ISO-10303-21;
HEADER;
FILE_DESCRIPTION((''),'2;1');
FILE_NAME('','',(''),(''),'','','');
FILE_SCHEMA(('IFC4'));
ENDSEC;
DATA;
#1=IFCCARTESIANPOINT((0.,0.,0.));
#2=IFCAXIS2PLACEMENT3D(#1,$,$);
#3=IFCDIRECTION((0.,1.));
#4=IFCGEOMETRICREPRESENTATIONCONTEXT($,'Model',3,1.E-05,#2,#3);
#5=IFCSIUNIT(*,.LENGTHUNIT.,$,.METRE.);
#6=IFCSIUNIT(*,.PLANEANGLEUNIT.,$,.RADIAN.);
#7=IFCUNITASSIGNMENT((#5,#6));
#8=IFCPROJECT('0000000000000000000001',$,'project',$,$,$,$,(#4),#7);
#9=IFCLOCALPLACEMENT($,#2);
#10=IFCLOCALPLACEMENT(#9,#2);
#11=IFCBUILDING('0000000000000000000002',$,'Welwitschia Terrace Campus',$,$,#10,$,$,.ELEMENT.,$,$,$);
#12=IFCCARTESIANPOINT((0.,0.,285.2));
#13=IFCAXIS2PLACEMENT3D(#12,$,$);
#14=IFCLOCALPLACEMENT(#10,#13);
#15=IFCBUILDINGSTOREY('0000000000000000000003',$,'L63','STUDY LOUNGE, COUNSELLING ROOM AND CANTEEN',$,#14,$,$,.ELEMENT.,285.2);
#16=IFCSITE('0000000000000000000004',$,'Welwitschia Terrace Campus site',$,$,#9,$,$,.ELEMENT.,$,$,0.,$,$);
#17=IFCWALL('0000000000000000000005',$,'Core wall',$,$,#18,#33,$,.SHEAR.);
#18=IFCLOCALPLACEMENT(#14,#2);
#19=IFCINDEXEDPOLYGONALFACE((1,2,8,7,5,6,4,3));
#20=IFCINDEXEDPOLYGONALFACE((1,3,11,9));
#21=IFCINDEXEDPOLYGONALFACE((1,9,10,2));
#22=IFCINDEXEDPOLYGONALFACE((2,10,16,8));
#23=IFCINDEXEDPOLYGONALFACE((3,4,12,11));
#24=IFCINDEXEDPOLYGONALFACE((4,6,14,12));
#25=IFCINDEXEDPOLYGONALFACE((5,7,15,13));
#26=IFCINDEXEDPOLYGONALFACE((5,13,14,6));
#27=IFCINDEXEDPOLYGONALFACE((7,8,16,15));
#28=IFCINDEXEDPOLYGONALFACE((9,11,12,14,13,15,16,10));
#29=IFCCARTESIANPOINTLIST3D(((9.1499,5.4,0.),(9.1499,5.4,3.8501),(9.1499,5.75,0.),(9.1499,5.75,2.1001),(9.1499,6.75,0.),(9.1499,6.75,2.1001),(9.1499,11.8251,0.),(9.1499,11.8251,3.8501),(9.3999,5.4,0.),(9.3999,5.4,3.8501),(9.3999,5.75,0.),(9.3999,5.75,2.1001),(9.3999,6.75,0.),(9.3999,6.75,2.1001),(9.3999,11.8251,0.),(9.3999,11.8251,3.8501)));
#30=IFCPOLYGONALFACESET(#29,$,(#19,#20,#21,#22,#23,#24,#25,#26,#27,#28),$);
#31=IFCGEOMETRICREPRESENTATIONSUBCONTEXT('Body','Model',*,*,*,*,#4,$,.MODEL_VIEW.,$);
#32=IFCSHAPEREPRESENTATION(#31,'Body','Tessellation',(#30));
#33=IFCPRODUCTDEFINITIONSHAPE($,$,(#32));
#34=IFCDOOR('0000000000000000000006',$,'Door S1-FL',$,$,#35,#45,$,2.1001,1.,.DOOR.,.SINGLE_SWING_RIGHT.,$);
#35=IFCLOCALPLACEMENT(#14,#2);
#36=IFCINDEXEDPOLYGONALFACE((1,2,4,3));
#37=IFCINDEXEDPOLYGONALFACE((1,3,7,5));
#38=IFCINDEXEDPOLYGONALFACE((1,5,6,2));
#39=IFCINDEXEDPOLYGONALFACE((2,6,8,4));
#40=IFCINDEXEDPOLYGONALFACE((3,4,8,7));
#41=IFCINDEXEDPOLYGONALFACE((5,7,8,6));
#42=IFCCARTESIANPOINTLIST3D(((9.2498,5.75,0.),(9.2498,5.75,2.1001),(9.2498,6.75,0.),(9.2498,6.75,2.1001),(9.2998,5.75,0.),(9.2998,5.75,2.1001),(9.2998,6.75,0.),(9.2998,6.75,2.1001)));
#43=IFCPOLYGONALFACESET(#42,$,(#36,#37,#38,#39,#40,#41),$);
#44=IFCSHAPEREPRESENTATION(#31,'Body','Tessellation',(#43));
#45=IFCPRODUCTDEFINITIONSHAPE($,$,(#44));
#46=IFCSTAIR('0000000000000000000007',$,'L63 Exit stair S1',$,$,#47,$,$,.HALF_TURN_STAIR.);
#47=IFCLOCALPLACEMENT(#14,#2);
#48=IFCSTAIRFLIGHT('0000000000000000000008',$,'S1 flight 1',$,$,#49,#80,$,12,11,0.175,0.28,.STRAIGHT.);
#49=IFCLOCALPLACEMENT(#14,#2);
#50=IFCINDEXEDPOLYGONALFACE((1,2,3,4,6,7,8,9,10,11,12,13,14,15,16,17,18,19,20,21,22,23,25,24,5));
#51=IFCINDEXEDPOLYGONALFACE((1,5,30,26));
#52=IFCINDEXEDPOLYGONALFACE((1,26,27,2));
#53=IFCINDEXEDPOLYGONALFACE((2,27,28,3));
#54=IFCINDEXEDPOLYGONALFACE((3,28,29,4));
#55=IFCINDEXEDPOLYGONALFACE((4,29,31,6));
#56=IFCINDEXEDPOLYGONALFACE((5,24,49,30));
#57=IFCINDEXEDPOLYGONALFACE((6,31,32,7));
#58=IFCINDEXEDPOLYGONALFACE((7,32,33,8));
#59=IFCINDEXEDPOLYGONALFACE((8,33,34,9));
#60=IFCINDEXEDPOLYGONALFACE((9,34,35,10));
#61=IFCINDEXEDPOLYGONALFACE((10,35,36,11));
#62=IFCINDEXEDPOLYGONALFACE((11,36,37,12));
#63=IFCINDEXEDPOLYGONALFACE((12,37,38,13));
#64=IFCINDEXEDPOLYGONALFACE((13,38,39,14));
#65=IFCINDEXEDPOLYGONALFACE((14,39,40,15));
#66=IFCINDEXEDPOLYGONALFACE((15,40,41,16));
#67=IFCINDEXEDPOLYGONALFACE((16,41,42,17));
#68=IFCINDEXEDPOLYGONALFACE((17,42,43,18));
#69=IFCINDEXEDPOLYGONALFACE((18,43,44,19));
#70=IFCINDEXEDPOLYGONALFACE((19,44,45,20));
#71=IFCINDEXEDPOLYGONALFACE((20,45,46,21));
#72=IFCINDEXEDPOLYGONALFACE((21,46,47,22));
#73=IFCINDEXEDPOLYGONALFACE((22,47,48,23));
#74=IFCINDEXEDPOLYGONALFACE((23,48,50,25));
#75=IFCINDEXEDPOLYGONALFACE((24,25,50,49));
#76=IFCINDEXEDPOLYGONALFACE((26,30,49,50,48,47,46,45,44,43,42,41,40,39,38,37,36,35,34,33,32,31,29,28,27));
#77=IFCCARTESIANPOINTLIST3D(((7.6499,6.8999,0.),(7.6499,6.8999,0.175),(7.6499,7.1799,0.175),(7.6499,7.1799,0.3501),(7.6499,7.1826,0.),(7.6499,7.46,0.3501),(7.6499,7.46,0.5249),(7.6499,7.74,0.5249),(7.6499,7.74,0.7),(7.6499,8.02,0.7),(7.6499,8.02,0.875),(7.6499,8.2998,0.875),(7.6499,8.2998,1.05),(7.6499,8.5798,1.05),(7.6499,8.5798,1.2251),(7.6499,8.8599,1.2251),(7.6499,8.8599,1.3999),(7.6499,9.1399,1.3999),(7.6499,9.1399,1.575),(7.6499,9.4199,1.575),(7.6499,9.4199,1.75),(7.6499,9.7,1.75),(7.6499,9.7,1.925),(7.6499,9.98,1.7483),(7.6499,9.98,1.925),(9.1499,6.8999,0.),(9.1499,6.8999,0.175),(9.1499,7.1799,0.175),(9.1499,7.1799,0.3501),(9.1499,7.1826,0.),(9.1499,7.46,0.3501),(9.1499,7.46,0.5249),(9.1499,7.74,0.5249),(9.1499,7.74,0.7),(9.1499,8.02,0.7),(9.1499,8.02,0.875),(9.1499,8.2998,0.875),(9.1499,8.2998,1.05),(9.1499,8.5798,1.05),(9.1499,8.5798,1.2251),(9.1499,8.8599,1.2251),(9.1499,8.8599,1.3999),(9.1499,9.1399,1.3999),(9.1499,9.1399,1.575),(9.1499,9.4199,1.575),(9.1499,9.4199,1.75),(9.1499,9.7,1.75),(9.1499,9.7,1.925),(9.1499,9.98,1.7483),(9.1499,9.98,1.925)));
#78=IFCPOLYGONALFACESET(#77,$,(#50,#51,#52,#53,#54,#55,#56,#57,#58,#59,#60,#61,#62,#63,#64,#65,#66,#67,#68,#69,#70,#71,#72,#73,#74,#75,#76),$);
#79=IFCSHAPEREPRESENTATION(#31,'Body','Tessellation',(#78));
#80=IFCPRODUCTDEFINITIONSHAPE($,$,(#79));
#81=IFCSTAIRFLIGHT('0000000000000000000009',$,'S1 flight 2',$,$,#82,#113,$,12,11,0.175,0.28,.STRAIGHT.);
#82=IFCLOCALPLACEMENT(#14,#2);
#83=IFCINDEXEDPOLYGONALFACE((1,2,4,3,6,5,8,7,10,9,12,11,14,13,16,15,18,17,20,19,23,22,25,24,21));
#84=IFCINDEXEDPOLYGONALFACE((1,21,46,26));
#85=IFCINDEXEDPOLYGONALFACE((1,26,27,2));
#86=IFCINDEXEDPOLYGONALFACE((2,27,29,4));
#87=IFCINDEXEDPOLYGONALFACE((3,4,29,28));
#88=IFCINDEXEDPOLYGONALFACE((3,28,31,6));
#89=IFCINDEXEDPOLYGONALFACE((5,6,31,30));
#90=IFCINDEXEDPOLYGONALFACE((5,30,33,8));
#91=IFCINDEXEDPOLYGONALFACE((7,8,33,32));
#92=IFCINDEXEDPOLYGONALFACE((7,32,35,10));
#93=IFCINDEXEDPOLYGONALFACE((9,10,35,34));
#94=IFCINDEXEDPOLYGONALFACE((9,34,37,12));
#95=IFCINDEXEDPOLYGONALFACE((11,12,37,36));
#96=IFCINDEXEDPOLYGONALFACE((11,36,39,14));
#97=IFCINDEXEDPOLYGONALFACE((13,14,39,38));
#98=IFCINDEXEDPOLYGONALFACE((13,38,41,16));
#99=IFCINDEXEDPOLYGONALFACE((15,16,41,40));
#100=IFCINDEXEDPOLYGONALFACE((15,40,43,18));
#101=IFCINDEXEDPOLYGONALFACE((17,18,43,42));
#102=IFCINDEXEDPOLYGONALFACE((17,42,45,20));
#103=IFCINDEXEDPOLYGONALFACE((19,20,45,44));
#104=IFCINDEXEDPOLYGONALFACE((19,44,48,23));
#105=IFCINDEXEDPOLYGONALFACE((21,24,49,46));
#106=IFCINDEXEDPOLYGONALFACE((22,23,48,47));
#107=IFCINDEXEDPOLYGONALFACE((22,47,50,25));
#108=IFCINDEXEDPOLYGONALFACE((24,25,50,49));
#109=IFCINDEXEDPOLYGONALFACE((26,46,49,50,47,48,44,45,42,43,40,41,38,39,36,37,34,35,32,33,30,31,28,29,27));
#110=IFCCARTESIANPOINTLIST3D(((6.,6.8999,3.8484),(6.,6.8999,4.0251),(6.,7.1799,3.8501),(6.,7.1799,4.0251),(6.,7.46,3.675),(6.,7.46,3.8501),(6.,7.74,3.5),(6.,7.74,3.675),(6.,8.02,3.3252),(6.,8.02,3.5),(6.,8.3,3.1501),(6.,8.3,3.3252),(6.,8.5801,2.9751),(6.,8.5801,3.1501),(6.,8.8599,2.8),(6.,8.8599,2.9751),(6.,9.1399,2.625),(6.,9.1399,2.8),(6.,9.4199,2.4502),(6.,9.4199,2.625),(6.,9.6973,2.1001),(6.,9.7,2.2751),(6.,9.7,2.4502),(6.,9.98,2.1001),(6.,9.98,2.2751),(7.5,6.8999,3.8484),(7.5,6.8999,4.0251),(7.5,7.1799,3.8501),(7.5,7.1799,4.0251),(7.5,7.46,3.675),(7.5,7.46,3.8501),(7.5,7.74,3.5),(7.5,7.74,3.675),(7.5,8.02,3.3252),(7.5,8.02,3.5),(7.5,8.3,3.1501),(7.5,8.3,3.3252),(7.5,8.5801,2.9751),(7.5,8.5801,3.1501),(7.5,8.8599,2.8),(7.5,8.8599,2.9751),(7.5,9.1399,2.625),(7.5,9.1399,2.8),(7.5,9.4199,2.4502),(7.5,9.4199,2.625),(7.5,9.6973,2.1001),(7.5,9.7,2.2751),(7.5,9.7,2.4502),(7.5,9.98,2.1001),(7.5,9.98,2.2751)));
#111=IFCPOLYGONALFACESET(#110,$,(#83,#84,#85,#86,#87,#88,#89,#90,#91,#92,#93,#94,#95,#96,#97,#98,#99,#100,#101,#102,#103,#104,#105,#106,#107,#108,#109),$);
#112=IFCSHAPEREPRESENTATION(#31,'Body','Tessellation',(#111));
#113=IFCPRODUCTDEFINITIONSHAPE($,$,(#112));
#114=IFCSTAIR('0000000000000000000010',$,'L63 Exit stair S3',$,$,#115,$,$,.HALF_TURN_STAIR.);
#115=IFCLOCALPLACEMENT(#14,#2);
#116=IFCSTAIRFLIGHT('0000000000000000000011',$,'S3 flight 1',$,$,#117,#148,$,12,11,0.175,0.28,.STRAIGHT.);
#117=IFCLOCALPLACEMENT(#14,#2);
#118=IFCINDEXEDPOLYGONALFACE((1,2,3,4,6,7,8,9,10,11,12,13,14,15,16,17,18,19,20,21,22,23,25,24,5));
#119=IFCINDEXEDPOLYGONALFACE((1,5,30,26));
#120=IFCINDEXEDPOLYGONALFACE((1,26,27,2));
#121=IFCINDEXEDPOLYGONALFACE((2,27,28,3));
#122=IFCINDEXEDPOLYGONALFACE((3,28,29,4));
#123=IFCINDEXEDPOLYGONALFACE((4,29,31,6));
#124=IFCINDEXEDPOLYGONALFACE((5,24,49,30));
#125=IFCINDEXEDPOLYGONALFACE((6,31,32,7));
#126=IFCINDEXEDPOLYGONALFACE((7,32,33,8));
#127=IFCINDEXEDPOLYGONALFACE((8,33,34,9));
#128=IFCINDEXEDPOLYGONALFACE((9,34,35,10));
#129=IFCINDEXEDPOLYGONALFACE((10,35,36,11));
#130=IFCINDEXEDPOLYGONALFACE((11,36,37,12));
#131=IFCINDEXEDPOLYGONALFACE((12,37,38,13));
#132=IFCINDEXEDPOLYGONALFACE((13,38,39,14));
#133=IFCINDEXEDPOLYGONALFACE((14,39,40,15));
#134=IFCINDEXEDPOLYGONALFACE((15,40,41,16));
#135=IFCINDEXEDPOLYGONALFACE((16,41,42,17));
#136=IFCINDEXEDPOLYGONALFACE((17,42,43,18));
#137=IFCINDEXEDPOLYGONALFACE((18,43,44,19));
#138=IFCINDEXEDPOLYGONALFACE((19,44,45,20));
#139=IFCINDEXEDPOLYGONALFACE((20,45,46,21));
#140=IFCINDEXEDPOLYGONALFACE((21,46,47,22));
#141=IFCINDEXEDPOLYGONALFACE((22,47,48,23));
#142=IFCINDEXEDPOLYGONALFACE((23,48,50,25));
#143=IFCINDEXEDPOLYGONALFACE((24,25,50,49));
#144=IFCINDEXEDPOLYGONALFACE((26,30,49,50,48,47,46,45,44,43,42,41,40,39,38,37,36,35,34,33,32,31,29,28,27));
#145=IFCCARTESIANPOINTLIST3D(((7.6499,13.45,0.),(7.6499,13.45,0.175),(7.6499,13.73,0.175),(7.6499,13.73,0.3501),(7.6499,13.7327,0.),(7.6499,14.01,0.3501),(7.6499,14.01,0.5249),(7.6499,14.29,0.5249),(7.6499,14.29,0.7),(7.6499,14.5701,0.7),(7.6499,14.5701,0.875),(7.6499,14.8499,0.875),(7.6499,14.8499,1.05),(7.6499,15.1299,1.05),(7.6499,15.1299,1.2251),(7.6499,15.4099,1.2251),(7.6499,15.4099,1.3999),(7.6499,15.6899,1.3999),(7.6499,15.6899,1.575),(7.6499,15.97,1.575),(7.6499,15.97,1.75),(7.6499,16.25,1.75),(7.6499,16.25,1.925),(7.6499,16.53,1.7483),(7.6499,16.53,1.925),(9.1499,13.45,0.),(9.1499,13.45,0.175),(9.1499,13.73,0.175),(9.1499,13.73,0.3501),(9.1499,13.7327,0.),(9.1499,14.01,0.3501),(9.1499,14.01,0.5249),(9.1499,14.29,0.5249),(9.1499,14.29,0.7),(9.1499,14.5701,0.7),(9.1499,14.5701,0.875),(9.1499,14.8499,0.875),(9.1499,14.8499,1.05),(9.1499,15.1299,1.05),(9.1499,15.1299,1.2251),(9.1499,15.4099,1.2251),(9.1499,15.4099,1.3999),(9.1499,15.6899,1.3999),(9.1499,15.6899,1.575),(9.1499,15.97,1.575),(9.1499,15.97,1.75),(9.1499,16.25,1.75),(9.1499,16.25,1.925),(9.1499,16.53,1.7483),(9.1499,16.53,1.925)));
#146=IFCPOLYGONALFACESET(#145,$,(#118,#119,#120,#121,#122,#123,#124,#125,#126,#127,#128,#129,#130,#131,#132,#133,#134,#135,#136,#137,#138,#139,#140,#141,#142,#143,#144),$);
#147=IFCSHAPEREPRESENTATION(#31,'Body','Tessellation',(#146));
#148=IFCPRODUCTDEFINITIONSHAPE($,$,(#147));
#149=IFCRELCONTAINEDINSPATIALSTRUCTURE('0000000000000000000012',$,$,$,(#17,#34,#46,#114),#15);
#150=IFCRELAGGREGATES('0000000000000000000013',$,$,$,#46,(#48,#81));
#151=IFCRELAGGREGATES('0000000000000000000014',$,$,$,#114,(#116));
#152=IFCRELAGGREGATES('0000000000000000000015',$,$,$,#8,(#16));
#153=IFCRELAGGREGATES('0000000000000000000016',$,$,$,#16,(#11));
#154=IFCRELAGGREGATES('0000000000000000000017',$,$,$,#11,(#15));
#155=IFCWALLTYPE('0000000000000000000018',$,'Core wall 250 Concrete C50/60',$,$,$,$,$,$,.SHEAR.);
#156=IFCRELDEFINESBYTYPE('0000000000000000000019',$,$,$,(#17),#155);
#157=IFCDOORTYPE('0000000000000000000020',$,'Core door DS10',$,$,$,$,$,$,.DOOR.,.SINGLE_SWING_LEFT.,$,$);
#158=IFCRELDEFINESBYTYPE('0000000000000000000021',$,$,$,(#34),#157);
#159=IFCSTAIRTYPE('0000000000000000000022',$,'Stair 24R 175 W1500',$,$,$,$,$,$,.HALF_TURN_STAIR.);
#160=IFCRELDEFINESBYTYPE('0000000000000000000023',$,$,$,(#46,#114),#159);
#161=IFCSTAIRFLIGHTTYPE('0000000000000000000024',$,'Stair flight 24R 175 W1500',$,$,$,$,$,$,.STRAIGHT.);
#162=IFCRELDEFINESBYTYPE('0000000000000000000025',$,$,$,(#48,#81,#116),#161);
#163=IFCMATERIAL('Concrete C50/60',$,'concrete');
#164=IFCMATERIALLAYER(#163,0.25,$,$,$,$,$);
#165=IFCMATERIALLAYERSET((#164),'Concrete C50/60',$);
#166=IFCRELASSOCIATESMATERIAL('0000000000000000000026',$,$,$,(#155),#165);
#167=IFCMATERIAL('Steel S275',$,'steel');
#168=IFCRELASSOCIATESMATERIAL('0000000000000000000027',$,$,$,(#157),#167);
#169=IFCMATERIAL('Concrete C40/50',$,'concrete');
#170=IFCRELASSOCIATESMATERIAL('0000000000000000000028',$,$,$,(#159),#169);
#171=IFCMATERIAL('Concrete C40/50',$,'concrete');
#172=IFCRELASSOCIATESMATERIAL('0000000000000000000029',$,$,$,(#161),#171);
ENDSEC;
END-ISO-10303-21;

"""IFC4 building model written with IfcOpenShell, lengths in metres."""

from ifc_helpers import new_model, si_unit, direction, frame, frame_2d, origin, place, context, subcontext, project, spatial, polyline, rectangle, outline, extrude, material, layer, layer_set, type_object, element, fill, aggregate, save


model = new_model("IFC4")

# Units and contexts
model_context = context("Model", 3, precision=1e-05, world=origin(), true_north=direction((0.0, 1.0)))
body_context = subcontext(model_context, "Body", "Model", "MODEL_VIEW")
ifc_project = project(units=[si_unit("LENGTHUNIT", "METRE"), si_unit("PLANEANGLEUNIT", "RADIAN")], contexts=[model_context])

# Site, building, storey
site_placement = place(None, origin())
site = spatial("IfcSite", under=ifc_project, at=site_placement, Name="Welwitschia Terrace Campus site", CompositionType="ELEMENT", RefElevation=0.0)
building_placement = place(site_placement, origin())
building = spatial("IfcBuilding", under=site, at=building_placement, Name="Welwitschia Terrace Campus", CompositionType="ELEMENT")
storey_placement = place(building_placement, frame((0.0, 0.0, 285.2)))
storey = spatial("IfcBuildingStorey", under=building, at=storey_placement, Name="L63", Description="STUDY LOUNGE, COUNSELLING ROOM AND CANTEEN", CompositionType="ELEMENT", Elevation=285.2)

# Shared definitions
ifc_material_1 = material(Name="Concrete C50/60", Category="concrete")
ifc_layer_1 = layer(ifc_material_1, 0.25)
ifc_layer_set_1 = layer_set([ifc_layer_1], Name="Concrete C50/60")
wall_type_1 = type_object("IfcWallType", Name="Core wall 250 Concrete C50/60", PredefinedType="SHEAR", material=ifc_layer_set_1)

# Wall, opening, door
wall_1_placement = place(storey_placement, frame((9.2749, 11.825, 0.0), z_axis=(0.0, 0.0, 1.0), x_axis=(0.0, -1.0, 0.0)))
wall_1 = element("IfcWall", 1, at=wall_1_placement, inside=storey, type_object=wall_type_1, Name="Core wall", PredefinedType="SHEAR", context=body_context, shape_type="SweptSolid", body=[
    extrude(rectangle(XDim=6.425, YDim=0.25, at=frame_2d((3.2124, 0.0))), origin(), (0.0, 0.0, 1.0), 3.8501),
])
opening_placement = place(wall_1_placement, frame((5.075, 0.0, 0.0)))
opening = element("IfcOpeningElement", 2, at=opening_placement, cuts=wall_1, PredefinedType="OPENING", context=body_context, shape_type="SweptSolid", body=[
    extrude(rectangle(XDim=1.0, YDim=2.1001, at=frame_2d((0.5, 1.05))), frame((0.0, 0.135, 0.0), z_axis=(0.0, -1.0, 0.0), x_axis=(1.0, 0.0, 0.0)), (0.0, 0.0, 1.0), 0.27),
])
ifc_material_2 = material(Name="Steel S275", Category="steel")
door_type = type_object("IfcDoorType", Name="Core door DS10", OperationType="SINGLE_SWING_LEFT", PredefinedType="DOOR", material=ifc_material_2)
door_placement = place(opening_placement, origin())
door = element("IfcDoor", 3, at=door_placement, inside=storey, type_object=door_type, Name="Door S1-FL", OperationType="SINGLE_SWING_RIGHT", OverallHeight=2.1001, OverallWidth=1.0, PredefinedType="DOOR", context=body_context, shape_type="SweptSolid", body=[
    extrude(rectangle(XDim=1.0, YDim=2.1001, at=frame_2d((0.5, 1.05))), frame((0.0, 0.0249, 0.0), z_axis=(0.0, -1.0, 0.0), x_axis=(1.0, 0.0, 0.0)), (0.0, 0.0, 1.0), 0.05),
])
fill(opening, door)

# Stair, stair flights
ifc_material_3 = material(Name="Concrete C40/50", Category="concrete")
stair_type = type_object("IfcStairType", Name="Stair 24R 175 W1500", PredefinedType="HALF_TURN_STAIR", material=ifc_material_3)
stair_1_placement = place(storey_placement, origin())
stair_1 = element("IfcStair", 4, at=stair_1_placement, inside=storey, type_object=stair_type, Name="L63 Exit stair S1", PredefinedType="HALF_TURN_STAIR")
ifc_material_4 = material(Name="Concrete C40/50", Category="concrete")
stair_flight_type = type_object("IfcStairFlightType", Name="Stair flight 24R 175 W1500", PredefinedType="STRAIGHT", material=ifc_material_4)
stair_flight_1_placement = place(storey_placement, frame((8.3999, 6.8999, 0.0), z_axis=(0.0, 0.0, 1.0), x_axis=(0.0, 1.0, 0.0)))
stair_flight_1 = element("IfcStairFlight", 5, at=stair_flight_1_placement, type_object=stair_flight_type, Name="S1 flight 1", NumberOfRisers=12, NumberOfTreads=11, PredefinedType="STRAIGHT", RiserHeight=0.175, TreadLength=0.28, context=body_context, shape_type="SweptSolid", body=[
    extrude(outline(polyline([(0.0, 0.0), (0.0, 0.175), (0.28, 0.175), (0.28, 0.3501), (0.5601, 0.3501), (0.5601, 0.5249), (0.8401, 0.5249), (0.8401, 0.7), (1.1201, 0.7), (1.1201, 0.875), (1.3999, 0.875), (1.3999, 1.05), (1.6799, 1.05), (1.6799, 1.2251), (1.96, 1.2251), (1.96, 1.3999), (2.24, 1.3999), (2.24, 1.575), (2.52, 1.575), (2.52, 1.75), (2.8, 1.75), (2.8, 1.925), (3.0801, 1.925), (3.0801, 2.1001), (3.0801, 1.7483), (0.2827, 0.0), (0.0, 0.0)])), frame((0.0, 0.75, 0.0), z_axis=(0.0, -1.0, 0.0), x_axis=(1.0, 0.0, 0.0)), (0.0, 0.0, 1.0), 1.5),
])
stair_flight_2_placement = place(storey_placement, frame((6.75, 9.98, 2.1001), z_axis=(0.0, 0.0, 1.0), x_axis=(0.0, -1.0, 0.0)))
stair_flight_2 = element("IfcStairFlight", 6, at=stair_flight_2_placement, type_object=stair_flight_type, Name="S1 flight 2", NumberOfRisers=12, NumberOfTreads=11, PredefinedType="STRAIGHT", RiserHeight=0.175, TreadLength=0.28, context=body_context, shape_type="SweptSolid", body=[
    extrude(outline(polyline([(0.0, 0.0), (0.0, 0.175), (0.28, 0.175), (0.28, 0.3501), (0.5601, 0.3501), (0.5601, 0.5249), (0.8401, 0.5249), (0.8401, 0.7), (1.1201, 0.7), (1.1201, 0.875), (1.3999, 0.875), (1.3999, 1.05), (1.6799, 1.05), (1.6799, 1.2251), (1.96, 1.2251), (1.96, 1.3999), (2.24, 1.3999), (2.24, 1.575), (2.52, 1.575), (2.52, 1.75), (2.8, 1.75), (2.8, 1.925), (3.0801, 1.925), (3.0801, 2.1001), (3.0801, 1.7483), (0.2827, 0.0), (0.0, 0.0)])), frame((0.0, 0.75, 0.0), z_axis=(0.0, -1.0, 0.0), x_axis=(1.0, 0.0, 0.0)), (0.0, 0.0, 1.0), 1.5),
])
aggregate(stair_1, [stair_flight_1, stair_flight_2])

# Stair, stair flight
stair_2_placement = place(storey_placement, origin())
stair_2 = element("IfcStair", 7, at=stair_2_placement, inside=storey, type_object=stair_type, Name="L63 Exit stair S3", PredefinedType="HALF_TURN_STAIR")
stair_flight_3_placement = place(storey_placement, frame((8.3999, 13.45, 0.0), z_axis=(0.0, 0.0, 1.0), x_axis=(0.0, 1.0, 0.0)))
stair_flight_3 = element("IfcStairFlight", 8, at=stair_flight_3_placement, type_object=stair_flight_type, Name="S3 flight 1", NumberOfRisers=12, NumberOfTreads=11, PredefinedType="STRAIGHT", RiserHeight=0.175, TreadLength=0.28, context=body_context, shape_type="SweptSolid", body=[
    extrude(outline(polyline([(0.0, 0.0), (0.0, 0.175), (0.28, 0.175), (0.28, 0.3501), (0.5601, 0.3501), (0.5601, 0.5249), (0.8401, 0.5249), (0.8401, 0.7), (1.1201, 0.7), (1.1201, 0.875), (1.3999, 0.875), (1.3999, 1.05), (1.6799, 1.05), (1.6799, 1.2251), (1.96, 1.2251), (1.96, 1.3999), (2.24, 1.3999), (2.24, 1.575), (2.52, 1.575), (2.52, 1.75), (2.8, 1.75), (2.8, 1.925), (3.0801, 1.925), (3.0801, 2.1001), (3.0801, 1.7483), (0.2827, 0.0), (0.0, 0.0)])), frame((0.0, 0.75, 0.0), z_axis=(0.0, -1.0, 0.0), x_axis=(1.0, 0.0, 0.0)), (0.0, 0.0, 1.0), 1.5),
])
aggregate(stair_2, [stair_flight_3])

save(model, "model.ifc")
